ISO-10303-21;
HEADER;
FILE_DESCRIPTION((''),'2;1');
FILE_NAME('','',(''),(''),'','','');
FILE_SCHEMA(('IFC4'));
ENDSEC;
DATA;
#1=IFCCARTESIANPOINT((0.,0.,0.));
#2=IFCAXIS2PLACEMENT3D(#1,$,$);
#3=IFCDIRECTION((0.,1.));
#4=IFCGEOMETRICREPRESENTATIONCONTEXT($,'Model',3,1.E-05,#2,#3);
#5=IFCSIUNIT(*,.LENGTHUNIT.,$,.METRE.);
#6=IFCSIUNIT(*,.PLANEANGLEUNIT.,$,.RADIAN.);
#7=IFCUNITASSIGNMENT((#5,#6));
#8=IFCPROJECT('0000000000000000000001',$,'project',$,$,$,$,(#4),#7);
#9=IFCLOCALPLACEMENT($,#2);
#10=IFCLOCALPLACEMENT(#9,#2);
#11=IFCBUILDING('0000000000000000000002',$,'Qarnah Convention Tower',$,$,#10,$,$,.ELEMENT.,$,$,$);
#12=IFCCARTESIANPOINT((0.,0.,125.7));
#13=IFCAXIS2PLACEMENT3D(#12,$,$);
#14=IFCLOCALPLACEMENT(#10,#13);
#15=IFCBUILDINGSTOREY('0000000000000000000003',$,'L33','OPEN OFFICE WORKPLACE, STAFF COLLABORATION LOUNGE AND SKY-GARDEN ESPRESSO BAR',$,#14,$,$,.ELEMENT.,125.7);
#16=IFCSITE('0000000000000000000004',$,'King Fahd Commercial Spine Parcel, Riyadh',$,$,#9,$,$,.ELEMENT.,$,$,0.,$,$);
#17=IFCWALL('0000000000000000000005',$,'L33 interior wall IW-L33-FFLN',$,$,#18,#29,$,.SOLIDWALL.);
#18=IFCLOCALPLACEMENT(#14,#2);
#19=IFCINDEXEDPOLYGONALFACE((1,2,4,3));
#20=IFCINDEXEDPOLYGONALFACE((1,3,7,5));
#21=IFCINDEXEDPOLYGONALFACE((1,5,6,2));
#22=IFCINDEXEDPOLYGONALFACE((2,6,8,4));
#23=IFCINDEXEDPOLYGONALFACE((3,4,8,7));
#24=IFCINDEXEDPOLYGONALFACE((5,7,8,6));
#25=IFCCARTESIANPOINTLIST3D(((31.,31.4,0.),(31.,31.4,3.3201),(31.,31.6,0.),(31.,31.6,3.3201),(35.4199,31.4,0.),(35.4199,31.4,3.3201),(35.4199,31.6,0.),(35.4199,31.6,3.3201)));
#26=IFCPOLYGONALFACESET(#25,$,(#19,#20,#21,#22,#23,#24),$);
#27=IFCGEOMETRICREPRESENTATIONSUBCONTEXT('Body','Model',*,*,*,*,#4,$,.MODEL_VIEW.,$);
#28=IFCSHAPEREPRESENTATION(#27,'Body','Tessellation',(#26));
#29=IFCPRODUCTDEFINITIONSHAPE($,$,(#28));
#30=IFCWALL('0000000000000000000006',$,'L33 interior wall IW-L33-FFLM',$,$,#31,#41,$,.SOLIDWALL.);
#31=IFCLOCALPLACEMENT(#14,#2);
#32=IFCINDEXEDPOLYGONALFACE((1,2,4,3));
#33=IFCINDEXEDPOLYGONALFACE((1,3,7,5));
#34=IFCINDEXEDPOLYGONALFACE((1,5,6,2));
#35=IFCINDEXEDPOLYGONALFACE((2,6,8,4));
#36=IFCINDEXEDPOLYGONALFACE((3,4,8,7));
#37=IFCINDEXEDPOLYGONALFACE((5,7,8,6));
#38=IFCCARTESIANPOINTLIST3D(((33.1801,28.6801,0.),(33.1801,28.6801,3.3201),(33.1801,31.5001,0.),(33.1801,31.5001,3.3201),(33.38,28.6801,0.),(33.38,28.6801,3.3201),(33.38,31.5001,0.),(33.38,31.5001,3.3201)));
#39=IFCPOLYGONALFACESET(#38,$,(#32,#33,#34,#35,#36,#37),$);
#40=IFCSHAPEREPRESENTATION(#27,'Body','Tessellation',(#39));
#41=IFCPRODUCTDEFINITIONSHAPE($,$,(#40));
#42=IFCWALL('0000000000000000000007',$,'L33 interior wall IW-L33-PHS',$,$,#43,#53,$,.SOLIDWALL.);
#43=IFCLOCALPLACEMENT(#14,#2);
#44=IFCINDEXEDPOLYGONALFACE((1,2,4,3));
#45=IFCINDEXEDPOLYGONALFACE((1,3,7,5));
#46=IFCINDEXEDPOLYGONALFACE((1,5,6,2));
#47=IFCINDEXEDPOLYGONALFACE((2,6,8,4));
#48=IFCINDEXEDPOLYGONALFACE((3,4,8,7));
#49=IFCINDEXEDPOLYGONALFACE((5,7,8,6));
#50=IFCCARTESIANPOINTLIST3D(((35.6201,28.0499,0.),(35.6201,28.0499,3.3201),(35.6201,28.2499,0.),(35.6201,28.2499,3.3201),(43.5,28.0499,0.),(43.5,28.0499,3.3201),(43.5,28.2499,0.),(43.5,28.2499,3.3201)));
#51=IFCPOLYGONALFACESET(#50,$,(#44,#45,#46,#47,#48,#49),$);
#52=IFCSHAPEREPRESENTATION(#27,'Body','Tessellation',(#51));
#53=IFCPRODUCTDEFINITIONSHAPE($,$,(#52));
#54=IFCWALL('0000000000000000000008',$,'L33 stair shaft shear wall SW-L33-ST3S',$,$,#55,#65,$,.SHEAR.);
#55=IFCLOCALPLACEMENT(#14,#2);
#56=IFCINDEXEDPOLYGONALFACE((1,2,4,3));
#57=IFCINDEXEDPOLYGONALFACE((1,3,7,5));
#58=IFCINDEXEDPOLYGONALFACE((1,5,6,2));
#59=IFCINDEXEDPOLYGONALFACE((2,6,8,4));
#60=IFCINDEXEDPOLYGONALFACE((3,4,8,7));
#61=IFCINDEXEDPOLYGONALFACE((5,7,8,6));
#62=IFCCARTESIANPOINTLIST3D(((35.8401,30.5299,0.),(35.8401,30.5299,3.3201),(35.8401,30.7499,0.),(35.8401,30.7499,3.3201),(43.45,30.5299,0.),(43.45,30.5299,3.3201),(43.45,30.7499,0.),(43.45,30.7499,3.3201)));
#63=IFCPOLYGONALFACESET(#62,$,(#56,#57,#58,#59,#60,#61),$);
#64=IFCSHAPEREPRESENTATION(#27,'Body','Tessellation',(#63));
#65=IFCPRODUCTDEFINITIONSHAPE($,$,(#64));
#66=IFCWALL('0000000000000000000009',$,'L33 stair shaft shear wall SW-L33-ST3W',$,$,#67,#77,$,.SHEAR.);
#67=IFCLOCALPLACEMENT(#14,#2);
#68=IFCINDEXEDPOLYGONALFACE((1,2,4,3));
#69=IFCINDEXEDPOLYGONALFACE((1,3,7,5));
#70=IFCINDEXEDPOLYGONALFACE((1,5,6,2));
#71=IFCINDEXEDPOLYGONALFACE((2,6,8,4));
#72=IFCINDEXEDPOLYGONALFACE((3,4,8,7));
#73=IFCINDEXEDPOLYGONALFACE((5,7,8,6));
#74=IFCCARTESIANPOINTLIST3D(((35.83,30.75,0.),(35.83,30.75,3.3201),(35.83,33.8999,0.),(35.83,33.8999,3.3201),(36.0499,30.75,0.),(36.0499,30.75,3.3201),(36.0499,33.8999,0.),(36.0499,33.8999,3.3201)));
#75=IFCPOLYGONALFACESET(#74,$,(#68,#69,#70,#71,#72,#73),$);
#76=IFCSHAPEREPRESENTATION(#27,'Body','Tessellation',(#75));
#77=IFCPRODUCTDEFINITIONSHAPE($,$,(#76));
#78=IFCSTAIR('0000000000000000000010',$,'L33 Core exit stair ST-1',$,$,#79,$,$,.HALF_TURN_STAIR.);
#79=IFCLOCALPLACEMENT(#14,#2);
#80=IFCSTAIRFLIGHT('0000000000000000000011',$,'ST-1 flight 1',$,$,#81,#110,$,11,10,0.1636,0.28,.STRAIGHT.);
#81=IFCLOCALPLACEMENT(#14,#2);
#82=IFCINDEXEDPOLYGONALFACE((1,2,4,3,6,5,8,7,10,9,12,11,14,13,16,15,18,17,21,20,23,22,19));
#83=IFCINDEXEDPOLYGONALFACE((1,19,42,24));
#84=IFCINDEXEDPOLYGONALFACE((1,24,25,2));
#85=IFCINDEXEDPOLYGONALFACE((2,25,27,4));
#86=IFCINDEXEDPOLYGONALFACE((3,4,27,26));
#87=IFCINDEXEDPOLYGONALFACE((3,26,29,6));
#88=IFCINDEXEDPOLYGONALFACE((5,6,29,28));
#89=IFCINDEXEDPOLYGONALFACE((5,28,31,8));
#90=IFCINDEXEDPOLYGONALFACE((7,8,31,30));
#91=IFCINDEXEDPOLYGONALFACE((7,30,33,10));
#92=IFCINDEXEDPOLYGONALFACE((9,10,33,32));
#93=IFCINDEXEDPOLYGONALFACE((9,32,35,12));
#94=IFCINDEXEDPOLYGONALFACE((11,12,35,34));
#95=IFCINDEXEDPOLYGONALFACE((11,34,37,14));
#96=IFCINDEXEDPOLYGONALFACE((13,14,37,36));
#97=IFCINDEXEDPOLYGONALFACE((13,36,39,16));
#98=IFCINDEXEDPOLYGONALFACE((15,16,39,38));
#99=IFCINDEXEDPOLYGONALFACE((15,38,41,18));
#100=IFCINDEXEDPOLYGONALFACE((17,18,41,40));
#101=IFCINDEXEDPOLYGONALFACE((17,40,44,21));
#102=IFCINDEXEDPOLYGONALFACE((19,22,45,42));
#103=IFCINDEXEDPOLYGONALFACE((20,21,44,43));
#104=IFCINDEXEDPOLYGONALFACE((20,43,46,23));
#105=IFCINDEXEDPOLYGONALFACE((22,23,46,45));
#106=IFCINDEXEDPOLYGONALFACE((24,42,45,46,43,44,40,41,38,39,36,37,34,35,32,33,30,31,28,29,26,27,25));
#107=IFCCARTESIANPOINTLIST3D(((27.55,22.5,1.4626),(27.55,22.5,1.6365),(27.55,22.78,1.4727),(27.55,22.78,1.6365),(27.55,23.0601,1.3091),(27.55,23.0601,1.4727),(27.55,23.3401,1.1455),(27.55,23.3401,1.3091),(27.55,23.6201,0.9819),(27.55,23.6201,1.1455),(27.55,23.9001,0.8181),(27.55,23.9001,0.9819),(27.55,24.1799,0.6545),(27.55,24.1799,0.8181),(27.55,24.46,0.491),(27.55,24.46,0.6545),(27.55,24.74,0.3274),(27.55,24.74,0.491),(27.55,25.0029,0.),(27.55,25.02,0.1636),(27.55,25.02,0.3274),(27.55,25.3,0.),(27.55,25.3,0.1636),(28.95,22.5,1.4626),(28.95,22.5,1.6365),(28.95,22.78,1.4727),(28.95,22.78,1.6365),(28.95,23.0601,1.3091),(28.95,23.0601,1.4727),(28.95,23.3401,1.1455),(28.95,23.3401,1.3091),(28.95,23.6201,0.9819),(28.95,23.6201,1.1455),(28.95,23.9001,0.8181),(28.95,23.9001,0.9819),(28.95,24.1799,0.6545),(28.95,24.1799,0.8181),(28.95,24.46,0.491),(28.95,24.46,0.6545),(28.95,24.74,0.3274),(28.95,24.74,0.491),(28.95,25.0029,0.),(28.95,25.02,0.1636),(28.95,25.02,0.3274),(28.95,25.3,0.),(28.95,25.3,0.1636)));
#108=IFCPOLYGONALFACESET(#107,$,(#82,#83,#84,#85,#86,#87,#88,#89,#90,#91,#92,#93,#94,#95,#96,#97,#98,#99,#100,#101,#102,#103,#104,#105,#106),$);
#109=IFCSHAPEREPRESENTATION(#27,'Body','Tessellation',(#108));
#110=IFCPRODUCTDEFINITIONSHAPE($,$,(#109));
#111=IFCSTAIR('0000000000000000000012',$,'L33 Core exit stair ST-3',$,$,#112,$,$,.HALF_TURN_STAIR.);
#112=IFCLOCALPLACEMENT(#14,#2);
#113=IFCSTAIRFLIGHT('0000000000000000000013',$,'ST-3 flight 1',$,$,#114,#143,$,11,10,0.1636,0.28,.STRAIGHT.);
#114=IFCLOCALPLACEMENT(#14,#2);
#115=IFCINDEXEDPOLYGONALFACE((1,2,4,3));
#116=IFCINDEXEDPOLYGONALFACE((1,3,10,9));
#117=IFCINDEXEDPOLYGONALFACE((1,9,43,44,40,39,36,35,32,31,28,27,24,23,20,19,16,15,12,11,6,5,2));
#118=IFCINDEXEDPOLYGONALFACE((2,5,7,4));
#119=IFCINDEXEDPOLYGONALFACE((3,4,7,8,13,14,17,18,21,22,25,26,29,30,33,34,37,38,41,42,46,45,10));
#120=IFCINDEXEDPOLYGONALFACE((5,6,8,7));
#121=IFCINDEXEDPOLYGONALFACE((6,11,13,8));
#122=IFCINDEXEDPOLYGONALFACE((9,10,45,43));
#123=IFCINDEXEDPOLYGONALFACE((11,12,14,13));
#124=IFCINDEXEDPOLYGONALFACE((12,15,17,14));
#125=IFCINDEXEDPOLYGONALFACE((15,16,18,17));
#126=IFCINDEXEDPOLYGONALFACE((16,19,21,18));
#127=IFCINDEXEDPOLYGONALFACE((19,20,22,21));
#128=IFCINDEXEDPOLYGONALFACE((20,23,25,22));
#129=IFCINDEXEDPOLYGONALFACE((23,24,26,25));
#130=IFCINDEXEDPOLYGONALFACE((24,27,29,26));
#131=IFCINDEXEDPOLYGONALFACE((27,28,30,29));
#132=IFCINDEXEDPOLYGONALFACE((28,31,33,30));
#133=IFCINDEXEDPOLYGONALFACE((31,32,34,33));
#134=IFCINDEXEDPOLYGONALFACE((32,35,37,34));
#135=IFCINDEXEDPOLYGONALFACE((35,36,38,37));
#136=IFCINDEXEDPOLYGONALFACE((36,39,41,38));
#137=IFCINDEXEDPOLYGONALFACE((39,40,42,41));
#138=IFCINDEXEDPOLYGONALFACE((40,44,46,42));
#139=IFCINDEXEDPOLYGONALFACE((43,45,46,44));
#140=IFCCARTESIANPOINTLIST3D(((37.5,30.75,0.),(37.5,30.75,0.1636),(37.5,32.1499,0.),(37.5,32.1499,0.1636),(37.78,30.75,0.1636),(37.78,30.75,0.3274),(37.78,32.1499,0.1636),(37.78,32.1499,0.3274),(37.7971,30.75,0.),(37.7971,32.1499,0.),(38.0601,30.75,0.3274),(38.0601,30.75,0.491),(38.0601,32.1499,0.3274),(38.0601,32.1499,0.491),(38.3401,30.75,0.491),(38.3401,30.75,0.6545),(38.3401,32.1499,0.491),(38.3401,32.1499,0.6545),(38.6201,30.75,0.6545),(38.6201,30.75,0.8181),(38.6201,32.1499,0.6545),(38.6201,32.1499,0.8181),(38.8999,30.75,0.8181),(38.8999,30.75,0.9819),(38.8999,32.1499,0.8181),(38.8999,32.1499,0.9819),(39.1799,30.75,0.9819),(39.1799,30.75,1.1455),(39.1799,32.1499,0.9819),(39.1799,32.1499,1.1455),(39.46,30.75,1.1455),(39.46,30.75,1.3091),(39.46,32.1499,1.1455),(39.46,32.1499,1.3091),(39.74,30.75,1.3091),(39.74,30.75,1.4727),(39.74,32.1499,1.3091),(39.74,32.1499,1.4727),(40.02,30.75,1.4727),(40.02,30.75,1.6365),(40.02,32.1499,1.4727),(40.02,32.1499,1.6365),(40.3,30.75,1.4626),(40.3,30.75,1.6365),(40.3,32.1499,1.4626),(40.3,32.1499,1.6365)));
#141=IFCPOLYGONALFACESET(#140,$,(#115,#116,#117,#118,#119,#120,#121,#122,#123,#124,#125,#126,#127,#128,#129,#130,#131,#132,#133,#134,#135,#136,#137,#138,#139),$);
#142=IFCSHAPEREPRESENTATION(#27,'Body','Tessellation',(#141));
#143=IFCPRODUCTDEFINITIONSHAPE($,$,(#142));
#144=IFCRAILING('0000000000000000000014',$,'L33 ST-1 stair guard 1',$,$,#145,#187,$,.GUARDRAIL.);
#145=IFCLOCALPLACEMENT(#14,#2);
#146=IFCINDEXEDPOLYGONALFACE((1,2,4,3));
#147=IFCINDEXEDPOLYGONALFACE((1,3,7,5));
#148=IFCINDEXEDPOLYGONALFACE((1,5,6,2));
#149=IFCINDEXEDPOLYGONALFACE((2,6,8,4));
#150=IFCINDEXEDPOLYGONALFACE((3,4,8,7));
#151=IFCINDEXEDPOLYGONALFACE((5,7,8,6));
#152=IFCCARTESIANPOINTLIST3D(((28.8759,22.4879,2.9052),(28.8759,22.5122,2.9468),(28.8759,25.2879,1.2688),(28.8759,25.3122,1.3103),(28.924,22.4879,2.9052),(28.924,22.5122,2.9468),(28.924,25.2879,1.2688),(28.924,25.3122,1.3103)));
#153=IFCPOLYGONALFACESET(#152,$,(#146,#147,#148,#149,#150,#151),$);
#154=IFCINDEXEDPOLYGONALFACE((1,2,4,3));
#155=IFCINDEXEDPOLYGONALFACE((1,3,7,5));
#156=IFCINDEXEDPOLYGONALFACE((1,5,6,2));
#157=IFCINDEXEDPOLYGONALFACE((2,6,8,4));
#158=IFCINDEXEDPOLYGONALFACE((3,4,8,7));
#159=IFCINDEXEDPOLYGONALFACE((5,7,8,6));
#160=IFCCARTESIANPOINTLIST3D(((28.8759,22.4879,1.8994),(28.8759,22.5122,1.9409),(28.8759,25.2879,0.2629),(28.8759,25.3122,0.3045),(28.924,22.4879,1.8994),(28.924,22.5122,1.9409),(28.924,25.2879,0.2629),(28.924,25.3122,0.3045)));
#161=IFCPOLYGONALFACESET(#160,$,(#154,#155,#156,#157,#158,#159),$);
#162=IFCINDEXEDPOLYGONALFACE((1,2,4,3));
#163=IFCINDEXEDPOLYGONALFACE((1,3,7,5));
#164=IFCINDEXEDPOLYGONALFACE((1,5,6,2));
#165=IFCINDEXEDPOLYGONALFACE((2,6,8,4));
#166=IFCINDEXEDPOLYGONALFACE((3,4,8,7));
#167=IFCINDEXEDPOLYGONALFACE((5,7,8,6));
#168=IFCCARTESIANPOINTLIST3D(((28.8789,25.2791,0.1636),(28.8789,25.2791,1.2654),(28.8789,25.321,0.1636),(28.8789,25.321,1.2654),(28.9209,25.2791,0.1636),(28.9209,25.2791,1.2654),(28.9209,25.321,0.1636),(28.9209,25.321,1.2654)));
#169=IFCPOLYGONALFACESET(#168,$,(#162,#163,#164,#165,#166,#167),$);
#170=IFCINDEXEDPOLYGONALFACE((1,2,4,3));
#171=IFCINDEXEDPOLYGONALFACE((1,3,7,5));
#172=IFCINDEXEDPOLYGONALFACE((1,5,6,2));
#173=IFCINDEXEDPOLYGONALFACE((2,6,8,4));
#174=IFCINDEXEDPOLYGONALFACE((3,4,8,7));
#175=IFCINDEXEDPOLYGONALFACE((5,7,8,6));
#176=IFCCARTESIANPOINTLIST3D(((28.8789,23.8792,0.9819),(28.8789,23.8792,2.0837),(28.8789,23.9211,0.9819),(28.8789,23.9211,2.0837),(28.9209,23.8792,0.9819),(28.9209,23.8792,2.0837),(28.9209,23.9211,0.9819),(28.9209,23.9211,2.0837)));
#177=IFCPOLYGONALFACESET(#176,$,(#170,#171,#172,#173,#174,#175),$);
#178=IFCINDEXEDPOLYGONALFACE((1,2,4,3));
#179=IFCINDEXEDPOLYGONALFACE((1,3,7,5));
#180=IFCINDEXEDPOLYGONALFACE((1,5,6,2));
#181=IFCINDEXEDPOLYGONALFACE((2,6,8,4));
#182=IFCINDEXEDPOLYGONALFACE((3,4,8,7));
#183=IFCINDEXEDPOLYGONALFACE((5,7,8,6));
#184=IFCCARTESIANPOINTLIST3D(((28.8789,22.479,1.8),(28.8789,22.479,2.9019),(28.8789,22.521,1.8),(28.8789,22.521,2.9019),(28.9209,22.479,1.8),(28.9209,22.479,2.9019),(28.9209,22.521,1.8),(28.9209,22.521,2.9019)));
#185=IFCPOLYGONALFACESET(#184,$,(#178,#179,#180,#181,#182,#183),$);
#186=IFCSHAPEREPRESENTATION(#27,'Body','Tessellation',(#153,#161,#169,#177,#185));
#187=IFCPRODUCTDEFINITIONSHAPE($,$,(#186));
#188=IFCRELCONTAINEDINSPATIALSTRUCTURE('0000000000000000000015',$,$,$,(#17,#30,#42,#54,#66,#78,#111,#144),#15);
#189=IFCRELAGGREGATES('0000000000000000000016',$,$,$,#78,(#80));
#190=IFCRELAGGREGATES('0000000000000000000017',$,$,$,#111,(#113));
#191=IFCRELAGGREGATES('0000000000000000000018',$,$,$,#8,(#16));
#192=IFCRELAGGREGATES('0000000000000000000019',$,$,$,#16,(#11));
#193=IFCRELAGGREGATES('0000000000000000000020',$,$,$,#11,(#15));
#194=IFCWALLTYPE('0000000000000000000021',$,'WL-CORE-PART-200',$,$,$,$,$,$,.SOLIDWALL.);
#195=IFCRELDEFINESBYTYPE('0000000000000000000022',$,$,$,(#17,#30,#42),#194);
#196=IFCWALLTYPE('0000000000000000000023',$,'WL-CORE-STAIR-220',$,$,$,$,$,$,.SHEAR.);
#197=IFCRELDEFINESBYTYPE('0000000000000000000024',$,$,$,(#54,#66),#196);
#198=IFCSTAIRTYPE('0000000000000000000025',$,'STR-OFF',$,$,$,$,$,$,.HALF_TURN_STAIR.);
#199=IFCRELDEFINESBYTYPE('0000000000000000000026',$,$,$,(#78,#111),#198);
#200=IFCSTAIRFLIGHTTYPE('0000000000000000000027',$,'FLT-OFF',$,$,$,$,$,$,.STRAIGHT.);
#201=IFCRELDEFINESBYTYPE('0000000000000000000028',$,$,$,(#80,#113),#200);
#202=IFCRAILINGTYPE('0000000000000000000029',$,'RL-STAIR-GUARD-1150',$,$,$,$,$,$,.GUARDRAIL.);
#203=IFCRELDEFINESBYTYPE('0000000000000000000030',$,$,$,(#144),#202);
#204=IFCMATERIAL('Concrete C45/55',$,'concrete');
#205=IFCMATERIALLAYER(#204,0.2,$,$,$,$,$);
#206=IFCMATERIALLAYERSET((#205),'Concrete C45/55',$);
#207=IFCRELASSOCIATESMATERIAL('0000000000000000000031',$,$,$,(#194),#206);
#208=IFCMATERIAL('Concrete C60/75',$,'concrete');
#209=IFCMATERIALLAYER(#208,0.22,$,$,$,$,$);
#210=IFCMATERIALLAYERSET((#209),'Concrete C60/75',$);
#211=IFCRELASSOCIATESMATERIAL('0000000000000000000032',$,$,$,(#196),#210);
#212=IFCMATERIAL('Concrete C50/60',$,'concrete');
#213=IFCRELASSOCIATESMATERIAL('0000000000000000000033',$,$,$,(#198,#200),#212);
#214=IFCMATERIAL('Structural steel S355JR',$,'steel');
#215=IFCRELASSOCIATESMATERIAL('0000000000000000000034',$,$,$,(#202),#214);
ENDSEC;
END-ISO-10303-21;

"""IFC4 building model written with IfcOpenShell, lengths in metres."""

from ifc_helpers import new_model, si_unit, direction, frame, frame_2d, origin, origin_2d, place, context, subcontext, project, spatial, polyline, rectangle, outline, extrude, material, layer, layer_set, type_object, element, aggregate, save


model = new_model("IFC4")

# Units and contexts
model_context = context("Model", 3, precision=1e-05, world=origin(), true_north=direction((0.0, 1.0)))
body_context = subcontext(model_context, "Body", "Model", "MODEL_VIEW")
ifc_project = project(units=[si_unit("LENGTHUNIT", "METRE"), si_unit("PLANEANGLEUNIT", "RADIAN")], contexts=[model_context])

# Site, building, storey
site_placement = place(None, origin())
site = spatial("IfcSite", under=ifc_project, at=site_placement, Name="King Fahd Commercial Spine Parcel, Riyadh", CompositionType="ELEMENT", RefElevation=0.0)
building_placement = place(site_placement, origin())
building = spatial("IfcBuilding", under=site, at=building_placement, Name="Qarnah Convention Tower", CompositionType="ELEMENT")
storey_placement = place(building_placement, frame((0.0, 0.0, 125.7)))
storey = spatial("IfcBuildingStorey", under=building, at=storey_placement, Name="L33", Description="OPEN OFFICE WORKPLACE, STAFF COLLABORATION LOUNGE AND SKY-GARDEN ESPRESSO BAR", CompositionType="ELEMENT", Elevation=125.7)

# Shared definitions
ifc_material_1 = material(Name="Concrete C45/55", Category="concrete")
ifc_layer_1 = layer(ifc_material_1, 0.2)
ifc_layer_set_1 = layer_set([ifc_layer_1], Name="Concrete C45/55")
wall_type_1 = type_object("IfcWallType", Name="WL-CORE-PART-200", PredefinedType="SOLIDWALL", material=ifc_layer_set_1)
ifc_material_2 = material(Name="Structural steel S355JR", Category="steel")

# Walls
wall_1_placement = place(storey_placement, frame((31.0, 31.5, 0.0), z_axis=(0.0, 0.0, 1.0), x_axis=(1.0, 0.0, 0.0)))
element("IfcWall", 1, at=wall_1_placement, inside=storey, type_object=wall_type_1, Name="L33 interior wall IW-L33-FFLN", PredefinedType="SOLIDWALL", context=body_context, shape_type="SweptSolid", body=[
    extrude(rectangle(XDim=4.4199, YDim=0.2, at=frame_2d((2.21, 0.0))), origin(), (0.0, 0.0, 1.0), 3.3201),
])
wall_2_placement = place(storey_placement, frame((33.28, 28.6799, 0.0), z_axis=(0.0, 0.0, 1.0), x_axis=(0.0, 1.0, 0.0)))
element("IfcWall", 2, at=wall_2_placement, inside=storey, type_object=wall_type_1, Name="L33 interior wall IW-L33-FFLM", PredefinedType="SOLIDWALL", context=body_context, shape_type="SweptSolid", body=[
    extrude(rectangle(XDim=2.8201, YDim=0.2, at=frame_2d((1.4102, 0.0))), origin(), (0.0, 0.0, 1.0), 3.3201),
])

# Wall
wall_3_placement = place(storey_placement, frame((35.6201, 28.1499, 0.0), z_axis=(0.0, 0.0, 1.0), x_axis=(1.0, 0.0, 0.0)))
element("IfcWall", 3, at=wall_3_placement, inside=storey, type_object=wall_type_1, Name="L33 interior wall IW-L33-PHS", PredefinedType="SOLIDWALL", context=body_context, shape_type="SweptSolid", body=[
    extrude(rectangle(XDim=7.8799, YDim=0.2, at=frame_2d((3.9399, 0.0))), origin(), (0.0, 0.0, 1.0), 3.3201),
])

# Walls
ifc_material_3 = material(Name="Concrete C60/75", Category="concrete")
ifc_layer_2 = layer(ifc_material_3, 0.22)
ifc_layer_set_2 = layer_set([ifc_layer_2], Name="Concrete C60/75")
wall_type_2 = type_object("IfcWallType", Name="WL-CORE-STAIR-220", PredefinedType="SHEAR", material=ifc_layer_set_2)
wall_4_placement = place(storey_placement, frame((35.8401, 30.6399, 0.0), z_axis=(0.0, 0.0, 1.0), x_axis=(1.0, 0.0, 0.0)))
element("IfcWall", 4, at=wall_4_placement, inside=storey, type_object=wall_type_2, Name="L33 stair shaft shear wall SW-L33-ST3S", PredefinedType="SHEAR", context=body_context, shape_type="SweptSolid", body=[
    extrude(rectangle(XDim=7.6099, YDim=0.22, at=frame_2d((3.8049, 0.0))), origin(), (0.0, 0.0, 1.0), 3.3201),
])
wall_5_placement = place(storey_placement, frame((35.9399, 30.75, 0.0), z_axis=(0.0, 0.0, 1.0), x_axis=(0.0, 1.0, 0.0)))
element("IfcWall", 5, at=wall_5_placement, inside=storey, type_object=wall_type_2, Name="L33 stair shaft shear wall SW-L33-ST3W", PredefinedType="SHEAR", context=body_context, shape_type="SweptSolid", body=[
    extrude(rectangle(XDim=3.1499, YDim=0.22, at=frame_2d((1.575, 0.0))), origin(), (0.0, 0.0, 1.0), 3.3201),
])

# Stairs, stair flights
ifc_material_4 = material(Name="Concrete C50/60", Category="concrete")
stair_type = type_object("IfcStairType", Name="STR-OFF", PredefinedType="HALF_TURN_STAIR", material=ifc_material_4)
stair_1_placement = place(storey_placement, origin())
stair_1 = element("IfcStair", 6, at=stair_1_placement, inside=storey, type_object=stair_type, Name="L33 Core exit stair ST-1", PredefinedType="HALF_TURN_STAIR")
stair_flight_type = type_object("IfcStairFlightType", Name="FLT-OFF", PredefinedType="STRAIGHT", material=ifc_material_4)
stair_flight_1_placement = place(storey_placement, frame((28.25, 25.3, 0.0), z_axis=(0.0, 0.0, 1.0), x_axis=(0.0, -1.0, 0.0)))
stair_flight_1 = element("IfcStairFlight", 7, at=stair_flight_1_placement, type_object=stair_flight_type, Name="ST-1 flight 1", NumberOfRisers=11, NumberOfTreads=10, PredefinedType="STRAIGHT", RiserHeight=0.1636, TreadLength=0.28, context=body_context, shape_type="SweptSolid", body=[
    extrude(outline(polyline([(0.0, 0.0), (0.0, 0.1636), (0.28, 0.1636), (0.28, 0.3274), (0.5601, 0.3274), (0.5601, 0.491), (0.8401, 0.491), (0.8401, 0.6545), (1.1201, 0.6545), (1.1201, 0.8181), (1.3999, 0.8181), (1.3999, 0.9819), (1.6799, 0.9819), (1.6799, 1.1455), (1.96, 1.1455), (1.96, 1.3091), (2.24, 1.3091), (2.24, 1.4727), (2.52, 1.4727), (2.52, 1.6365), (2.8, 1.6365), (2.8, 1.8), (2.8, 1.4626), (0.2971, 0.0), (0.0, 0.0)])), frame((0.0, 0.7, 0.0), z_axis=(0.0, -1.0, 0.0), x_axis=(1.0, 0.0, 0.0)), (0.0, 0.0, 1.0), 1.3999),
])
aggregate(stair_1, [stair_flight_1])
stair_2_placement = place(storey_placement, origin())
stair_2 = element("IfcStair", 8, at=stair_2_placement, inside=storey, type_object=stair_type, Name="L33 Core exit stair ST-3", PredefinedType="HALF_TURN_STAIR")
stair_flight_2_placement = place(storey_placement, frame((37.5, 31.45, 0.0), z_axis=(0.0, 0.0, 1.0), x_axis=(1.0, 0.0, 0.0)))
stair_flight_2 = element("IfcStairFlight", 9, at=stair_flight_2_placement, type_object=stair_flight_type, Name="ST-3 flight 1", NumberOfRisers=11, NumberOfTreads=10, PredefinedType="STRAIGHT", RiserHeight=0.1636, TreadLength=0.28, context=body_context, shape_type="SweptSolid", body=[
    extrude(outline(polyline([(0.0, 0.0), (0.0, 0.1636), (0.28, 0.1636), (0.28, 0.3274), (0.5601, 0.3274), (0.5601, 0.491), (0.8401, 0.491), (0.8401, 0.6545), (1.1201, 0.6545), (1.1201, 0.8181), (1.3999, 0.8181), (1.3999, 0.9819), (1.6799, 0.9819), (1.6799, 1.1455), (1.96, 1.1455), (1.96, 1.3091), (2.24, 1.3091), (2.24, 1.4727), (2.52, 1.4727), (2.52, 1.6365), (2.8, 1.6365), (2.8, 1.8), (2.8, 1.4626), (0.2971, 0.0), (0.0, 0.0)])), frame((0.0, 0.7, 0.0), z_axis=(0.0, -1.0, 0.0), x_axis=(1.0, 0.0, 0.0)), (0.0, 0.0, 1.0), 1.3999),
])
aggregate(stair_2, [stair_flight_2])

# Railing
railing_type_1 = type_object("IfcRailingType", Name="RL-STAIR-GUARD-1150", PredefinedType="GUARDRAIL", material=ifc_material_2)
railing_1_placement = place(storey_placement, frame((28.8999, 25.3, 0.1636)))
element("IfcRailing", 10, at=railing_1_placement, inside=storey, type_object=railing_type_1, Name="L33 ST-1 stair guard 1", PredefinedType="GUARDRAIL", context=body_context, shape_type="SweptSolid", body=[
    extrude(rectangle(XDim=0.0481, YDim=0.0481, at=origin_2d()), frame((0.0, 0.0, 1.126), z_axis=(0.0, -0.863361, 0.504587), x_axis=(1.0, 0.0, 0.0)), (0.0, 0.0, 1.0), 3.2432),
    extrude(rectangle(XDim=0.0481, YDim=0.0481, at=origin_2d()), frame((0.0, 0.0, 0.1201), z_axis=(0.0, -0.863361, 0.504587), x_axis=(1.0, 0.0, 0.0)), (0.0, 0.0, 1.0), 3.2432),
    extrude(rectangle(XDim=0.042, YDim=0.042, at=origin_2d()), origin(), (0.0, 0.0, 1.0), 1.1018),
    extrude(rectangle(XDim=0.042, YDim=0.042, at=origin_2d()), frame((0.0, -1.3999, 0.8184)), (0.0, 0.0, 1.0), 1.1018),
    extrude(rectangle(XDim=0.042, YDim=0.042, at=origin_2d()), frame((0.0, -2.8, 1.6365)), (0.0, 0.0, 1.0), 1.1018),
])

save(model, "model.ifc")
